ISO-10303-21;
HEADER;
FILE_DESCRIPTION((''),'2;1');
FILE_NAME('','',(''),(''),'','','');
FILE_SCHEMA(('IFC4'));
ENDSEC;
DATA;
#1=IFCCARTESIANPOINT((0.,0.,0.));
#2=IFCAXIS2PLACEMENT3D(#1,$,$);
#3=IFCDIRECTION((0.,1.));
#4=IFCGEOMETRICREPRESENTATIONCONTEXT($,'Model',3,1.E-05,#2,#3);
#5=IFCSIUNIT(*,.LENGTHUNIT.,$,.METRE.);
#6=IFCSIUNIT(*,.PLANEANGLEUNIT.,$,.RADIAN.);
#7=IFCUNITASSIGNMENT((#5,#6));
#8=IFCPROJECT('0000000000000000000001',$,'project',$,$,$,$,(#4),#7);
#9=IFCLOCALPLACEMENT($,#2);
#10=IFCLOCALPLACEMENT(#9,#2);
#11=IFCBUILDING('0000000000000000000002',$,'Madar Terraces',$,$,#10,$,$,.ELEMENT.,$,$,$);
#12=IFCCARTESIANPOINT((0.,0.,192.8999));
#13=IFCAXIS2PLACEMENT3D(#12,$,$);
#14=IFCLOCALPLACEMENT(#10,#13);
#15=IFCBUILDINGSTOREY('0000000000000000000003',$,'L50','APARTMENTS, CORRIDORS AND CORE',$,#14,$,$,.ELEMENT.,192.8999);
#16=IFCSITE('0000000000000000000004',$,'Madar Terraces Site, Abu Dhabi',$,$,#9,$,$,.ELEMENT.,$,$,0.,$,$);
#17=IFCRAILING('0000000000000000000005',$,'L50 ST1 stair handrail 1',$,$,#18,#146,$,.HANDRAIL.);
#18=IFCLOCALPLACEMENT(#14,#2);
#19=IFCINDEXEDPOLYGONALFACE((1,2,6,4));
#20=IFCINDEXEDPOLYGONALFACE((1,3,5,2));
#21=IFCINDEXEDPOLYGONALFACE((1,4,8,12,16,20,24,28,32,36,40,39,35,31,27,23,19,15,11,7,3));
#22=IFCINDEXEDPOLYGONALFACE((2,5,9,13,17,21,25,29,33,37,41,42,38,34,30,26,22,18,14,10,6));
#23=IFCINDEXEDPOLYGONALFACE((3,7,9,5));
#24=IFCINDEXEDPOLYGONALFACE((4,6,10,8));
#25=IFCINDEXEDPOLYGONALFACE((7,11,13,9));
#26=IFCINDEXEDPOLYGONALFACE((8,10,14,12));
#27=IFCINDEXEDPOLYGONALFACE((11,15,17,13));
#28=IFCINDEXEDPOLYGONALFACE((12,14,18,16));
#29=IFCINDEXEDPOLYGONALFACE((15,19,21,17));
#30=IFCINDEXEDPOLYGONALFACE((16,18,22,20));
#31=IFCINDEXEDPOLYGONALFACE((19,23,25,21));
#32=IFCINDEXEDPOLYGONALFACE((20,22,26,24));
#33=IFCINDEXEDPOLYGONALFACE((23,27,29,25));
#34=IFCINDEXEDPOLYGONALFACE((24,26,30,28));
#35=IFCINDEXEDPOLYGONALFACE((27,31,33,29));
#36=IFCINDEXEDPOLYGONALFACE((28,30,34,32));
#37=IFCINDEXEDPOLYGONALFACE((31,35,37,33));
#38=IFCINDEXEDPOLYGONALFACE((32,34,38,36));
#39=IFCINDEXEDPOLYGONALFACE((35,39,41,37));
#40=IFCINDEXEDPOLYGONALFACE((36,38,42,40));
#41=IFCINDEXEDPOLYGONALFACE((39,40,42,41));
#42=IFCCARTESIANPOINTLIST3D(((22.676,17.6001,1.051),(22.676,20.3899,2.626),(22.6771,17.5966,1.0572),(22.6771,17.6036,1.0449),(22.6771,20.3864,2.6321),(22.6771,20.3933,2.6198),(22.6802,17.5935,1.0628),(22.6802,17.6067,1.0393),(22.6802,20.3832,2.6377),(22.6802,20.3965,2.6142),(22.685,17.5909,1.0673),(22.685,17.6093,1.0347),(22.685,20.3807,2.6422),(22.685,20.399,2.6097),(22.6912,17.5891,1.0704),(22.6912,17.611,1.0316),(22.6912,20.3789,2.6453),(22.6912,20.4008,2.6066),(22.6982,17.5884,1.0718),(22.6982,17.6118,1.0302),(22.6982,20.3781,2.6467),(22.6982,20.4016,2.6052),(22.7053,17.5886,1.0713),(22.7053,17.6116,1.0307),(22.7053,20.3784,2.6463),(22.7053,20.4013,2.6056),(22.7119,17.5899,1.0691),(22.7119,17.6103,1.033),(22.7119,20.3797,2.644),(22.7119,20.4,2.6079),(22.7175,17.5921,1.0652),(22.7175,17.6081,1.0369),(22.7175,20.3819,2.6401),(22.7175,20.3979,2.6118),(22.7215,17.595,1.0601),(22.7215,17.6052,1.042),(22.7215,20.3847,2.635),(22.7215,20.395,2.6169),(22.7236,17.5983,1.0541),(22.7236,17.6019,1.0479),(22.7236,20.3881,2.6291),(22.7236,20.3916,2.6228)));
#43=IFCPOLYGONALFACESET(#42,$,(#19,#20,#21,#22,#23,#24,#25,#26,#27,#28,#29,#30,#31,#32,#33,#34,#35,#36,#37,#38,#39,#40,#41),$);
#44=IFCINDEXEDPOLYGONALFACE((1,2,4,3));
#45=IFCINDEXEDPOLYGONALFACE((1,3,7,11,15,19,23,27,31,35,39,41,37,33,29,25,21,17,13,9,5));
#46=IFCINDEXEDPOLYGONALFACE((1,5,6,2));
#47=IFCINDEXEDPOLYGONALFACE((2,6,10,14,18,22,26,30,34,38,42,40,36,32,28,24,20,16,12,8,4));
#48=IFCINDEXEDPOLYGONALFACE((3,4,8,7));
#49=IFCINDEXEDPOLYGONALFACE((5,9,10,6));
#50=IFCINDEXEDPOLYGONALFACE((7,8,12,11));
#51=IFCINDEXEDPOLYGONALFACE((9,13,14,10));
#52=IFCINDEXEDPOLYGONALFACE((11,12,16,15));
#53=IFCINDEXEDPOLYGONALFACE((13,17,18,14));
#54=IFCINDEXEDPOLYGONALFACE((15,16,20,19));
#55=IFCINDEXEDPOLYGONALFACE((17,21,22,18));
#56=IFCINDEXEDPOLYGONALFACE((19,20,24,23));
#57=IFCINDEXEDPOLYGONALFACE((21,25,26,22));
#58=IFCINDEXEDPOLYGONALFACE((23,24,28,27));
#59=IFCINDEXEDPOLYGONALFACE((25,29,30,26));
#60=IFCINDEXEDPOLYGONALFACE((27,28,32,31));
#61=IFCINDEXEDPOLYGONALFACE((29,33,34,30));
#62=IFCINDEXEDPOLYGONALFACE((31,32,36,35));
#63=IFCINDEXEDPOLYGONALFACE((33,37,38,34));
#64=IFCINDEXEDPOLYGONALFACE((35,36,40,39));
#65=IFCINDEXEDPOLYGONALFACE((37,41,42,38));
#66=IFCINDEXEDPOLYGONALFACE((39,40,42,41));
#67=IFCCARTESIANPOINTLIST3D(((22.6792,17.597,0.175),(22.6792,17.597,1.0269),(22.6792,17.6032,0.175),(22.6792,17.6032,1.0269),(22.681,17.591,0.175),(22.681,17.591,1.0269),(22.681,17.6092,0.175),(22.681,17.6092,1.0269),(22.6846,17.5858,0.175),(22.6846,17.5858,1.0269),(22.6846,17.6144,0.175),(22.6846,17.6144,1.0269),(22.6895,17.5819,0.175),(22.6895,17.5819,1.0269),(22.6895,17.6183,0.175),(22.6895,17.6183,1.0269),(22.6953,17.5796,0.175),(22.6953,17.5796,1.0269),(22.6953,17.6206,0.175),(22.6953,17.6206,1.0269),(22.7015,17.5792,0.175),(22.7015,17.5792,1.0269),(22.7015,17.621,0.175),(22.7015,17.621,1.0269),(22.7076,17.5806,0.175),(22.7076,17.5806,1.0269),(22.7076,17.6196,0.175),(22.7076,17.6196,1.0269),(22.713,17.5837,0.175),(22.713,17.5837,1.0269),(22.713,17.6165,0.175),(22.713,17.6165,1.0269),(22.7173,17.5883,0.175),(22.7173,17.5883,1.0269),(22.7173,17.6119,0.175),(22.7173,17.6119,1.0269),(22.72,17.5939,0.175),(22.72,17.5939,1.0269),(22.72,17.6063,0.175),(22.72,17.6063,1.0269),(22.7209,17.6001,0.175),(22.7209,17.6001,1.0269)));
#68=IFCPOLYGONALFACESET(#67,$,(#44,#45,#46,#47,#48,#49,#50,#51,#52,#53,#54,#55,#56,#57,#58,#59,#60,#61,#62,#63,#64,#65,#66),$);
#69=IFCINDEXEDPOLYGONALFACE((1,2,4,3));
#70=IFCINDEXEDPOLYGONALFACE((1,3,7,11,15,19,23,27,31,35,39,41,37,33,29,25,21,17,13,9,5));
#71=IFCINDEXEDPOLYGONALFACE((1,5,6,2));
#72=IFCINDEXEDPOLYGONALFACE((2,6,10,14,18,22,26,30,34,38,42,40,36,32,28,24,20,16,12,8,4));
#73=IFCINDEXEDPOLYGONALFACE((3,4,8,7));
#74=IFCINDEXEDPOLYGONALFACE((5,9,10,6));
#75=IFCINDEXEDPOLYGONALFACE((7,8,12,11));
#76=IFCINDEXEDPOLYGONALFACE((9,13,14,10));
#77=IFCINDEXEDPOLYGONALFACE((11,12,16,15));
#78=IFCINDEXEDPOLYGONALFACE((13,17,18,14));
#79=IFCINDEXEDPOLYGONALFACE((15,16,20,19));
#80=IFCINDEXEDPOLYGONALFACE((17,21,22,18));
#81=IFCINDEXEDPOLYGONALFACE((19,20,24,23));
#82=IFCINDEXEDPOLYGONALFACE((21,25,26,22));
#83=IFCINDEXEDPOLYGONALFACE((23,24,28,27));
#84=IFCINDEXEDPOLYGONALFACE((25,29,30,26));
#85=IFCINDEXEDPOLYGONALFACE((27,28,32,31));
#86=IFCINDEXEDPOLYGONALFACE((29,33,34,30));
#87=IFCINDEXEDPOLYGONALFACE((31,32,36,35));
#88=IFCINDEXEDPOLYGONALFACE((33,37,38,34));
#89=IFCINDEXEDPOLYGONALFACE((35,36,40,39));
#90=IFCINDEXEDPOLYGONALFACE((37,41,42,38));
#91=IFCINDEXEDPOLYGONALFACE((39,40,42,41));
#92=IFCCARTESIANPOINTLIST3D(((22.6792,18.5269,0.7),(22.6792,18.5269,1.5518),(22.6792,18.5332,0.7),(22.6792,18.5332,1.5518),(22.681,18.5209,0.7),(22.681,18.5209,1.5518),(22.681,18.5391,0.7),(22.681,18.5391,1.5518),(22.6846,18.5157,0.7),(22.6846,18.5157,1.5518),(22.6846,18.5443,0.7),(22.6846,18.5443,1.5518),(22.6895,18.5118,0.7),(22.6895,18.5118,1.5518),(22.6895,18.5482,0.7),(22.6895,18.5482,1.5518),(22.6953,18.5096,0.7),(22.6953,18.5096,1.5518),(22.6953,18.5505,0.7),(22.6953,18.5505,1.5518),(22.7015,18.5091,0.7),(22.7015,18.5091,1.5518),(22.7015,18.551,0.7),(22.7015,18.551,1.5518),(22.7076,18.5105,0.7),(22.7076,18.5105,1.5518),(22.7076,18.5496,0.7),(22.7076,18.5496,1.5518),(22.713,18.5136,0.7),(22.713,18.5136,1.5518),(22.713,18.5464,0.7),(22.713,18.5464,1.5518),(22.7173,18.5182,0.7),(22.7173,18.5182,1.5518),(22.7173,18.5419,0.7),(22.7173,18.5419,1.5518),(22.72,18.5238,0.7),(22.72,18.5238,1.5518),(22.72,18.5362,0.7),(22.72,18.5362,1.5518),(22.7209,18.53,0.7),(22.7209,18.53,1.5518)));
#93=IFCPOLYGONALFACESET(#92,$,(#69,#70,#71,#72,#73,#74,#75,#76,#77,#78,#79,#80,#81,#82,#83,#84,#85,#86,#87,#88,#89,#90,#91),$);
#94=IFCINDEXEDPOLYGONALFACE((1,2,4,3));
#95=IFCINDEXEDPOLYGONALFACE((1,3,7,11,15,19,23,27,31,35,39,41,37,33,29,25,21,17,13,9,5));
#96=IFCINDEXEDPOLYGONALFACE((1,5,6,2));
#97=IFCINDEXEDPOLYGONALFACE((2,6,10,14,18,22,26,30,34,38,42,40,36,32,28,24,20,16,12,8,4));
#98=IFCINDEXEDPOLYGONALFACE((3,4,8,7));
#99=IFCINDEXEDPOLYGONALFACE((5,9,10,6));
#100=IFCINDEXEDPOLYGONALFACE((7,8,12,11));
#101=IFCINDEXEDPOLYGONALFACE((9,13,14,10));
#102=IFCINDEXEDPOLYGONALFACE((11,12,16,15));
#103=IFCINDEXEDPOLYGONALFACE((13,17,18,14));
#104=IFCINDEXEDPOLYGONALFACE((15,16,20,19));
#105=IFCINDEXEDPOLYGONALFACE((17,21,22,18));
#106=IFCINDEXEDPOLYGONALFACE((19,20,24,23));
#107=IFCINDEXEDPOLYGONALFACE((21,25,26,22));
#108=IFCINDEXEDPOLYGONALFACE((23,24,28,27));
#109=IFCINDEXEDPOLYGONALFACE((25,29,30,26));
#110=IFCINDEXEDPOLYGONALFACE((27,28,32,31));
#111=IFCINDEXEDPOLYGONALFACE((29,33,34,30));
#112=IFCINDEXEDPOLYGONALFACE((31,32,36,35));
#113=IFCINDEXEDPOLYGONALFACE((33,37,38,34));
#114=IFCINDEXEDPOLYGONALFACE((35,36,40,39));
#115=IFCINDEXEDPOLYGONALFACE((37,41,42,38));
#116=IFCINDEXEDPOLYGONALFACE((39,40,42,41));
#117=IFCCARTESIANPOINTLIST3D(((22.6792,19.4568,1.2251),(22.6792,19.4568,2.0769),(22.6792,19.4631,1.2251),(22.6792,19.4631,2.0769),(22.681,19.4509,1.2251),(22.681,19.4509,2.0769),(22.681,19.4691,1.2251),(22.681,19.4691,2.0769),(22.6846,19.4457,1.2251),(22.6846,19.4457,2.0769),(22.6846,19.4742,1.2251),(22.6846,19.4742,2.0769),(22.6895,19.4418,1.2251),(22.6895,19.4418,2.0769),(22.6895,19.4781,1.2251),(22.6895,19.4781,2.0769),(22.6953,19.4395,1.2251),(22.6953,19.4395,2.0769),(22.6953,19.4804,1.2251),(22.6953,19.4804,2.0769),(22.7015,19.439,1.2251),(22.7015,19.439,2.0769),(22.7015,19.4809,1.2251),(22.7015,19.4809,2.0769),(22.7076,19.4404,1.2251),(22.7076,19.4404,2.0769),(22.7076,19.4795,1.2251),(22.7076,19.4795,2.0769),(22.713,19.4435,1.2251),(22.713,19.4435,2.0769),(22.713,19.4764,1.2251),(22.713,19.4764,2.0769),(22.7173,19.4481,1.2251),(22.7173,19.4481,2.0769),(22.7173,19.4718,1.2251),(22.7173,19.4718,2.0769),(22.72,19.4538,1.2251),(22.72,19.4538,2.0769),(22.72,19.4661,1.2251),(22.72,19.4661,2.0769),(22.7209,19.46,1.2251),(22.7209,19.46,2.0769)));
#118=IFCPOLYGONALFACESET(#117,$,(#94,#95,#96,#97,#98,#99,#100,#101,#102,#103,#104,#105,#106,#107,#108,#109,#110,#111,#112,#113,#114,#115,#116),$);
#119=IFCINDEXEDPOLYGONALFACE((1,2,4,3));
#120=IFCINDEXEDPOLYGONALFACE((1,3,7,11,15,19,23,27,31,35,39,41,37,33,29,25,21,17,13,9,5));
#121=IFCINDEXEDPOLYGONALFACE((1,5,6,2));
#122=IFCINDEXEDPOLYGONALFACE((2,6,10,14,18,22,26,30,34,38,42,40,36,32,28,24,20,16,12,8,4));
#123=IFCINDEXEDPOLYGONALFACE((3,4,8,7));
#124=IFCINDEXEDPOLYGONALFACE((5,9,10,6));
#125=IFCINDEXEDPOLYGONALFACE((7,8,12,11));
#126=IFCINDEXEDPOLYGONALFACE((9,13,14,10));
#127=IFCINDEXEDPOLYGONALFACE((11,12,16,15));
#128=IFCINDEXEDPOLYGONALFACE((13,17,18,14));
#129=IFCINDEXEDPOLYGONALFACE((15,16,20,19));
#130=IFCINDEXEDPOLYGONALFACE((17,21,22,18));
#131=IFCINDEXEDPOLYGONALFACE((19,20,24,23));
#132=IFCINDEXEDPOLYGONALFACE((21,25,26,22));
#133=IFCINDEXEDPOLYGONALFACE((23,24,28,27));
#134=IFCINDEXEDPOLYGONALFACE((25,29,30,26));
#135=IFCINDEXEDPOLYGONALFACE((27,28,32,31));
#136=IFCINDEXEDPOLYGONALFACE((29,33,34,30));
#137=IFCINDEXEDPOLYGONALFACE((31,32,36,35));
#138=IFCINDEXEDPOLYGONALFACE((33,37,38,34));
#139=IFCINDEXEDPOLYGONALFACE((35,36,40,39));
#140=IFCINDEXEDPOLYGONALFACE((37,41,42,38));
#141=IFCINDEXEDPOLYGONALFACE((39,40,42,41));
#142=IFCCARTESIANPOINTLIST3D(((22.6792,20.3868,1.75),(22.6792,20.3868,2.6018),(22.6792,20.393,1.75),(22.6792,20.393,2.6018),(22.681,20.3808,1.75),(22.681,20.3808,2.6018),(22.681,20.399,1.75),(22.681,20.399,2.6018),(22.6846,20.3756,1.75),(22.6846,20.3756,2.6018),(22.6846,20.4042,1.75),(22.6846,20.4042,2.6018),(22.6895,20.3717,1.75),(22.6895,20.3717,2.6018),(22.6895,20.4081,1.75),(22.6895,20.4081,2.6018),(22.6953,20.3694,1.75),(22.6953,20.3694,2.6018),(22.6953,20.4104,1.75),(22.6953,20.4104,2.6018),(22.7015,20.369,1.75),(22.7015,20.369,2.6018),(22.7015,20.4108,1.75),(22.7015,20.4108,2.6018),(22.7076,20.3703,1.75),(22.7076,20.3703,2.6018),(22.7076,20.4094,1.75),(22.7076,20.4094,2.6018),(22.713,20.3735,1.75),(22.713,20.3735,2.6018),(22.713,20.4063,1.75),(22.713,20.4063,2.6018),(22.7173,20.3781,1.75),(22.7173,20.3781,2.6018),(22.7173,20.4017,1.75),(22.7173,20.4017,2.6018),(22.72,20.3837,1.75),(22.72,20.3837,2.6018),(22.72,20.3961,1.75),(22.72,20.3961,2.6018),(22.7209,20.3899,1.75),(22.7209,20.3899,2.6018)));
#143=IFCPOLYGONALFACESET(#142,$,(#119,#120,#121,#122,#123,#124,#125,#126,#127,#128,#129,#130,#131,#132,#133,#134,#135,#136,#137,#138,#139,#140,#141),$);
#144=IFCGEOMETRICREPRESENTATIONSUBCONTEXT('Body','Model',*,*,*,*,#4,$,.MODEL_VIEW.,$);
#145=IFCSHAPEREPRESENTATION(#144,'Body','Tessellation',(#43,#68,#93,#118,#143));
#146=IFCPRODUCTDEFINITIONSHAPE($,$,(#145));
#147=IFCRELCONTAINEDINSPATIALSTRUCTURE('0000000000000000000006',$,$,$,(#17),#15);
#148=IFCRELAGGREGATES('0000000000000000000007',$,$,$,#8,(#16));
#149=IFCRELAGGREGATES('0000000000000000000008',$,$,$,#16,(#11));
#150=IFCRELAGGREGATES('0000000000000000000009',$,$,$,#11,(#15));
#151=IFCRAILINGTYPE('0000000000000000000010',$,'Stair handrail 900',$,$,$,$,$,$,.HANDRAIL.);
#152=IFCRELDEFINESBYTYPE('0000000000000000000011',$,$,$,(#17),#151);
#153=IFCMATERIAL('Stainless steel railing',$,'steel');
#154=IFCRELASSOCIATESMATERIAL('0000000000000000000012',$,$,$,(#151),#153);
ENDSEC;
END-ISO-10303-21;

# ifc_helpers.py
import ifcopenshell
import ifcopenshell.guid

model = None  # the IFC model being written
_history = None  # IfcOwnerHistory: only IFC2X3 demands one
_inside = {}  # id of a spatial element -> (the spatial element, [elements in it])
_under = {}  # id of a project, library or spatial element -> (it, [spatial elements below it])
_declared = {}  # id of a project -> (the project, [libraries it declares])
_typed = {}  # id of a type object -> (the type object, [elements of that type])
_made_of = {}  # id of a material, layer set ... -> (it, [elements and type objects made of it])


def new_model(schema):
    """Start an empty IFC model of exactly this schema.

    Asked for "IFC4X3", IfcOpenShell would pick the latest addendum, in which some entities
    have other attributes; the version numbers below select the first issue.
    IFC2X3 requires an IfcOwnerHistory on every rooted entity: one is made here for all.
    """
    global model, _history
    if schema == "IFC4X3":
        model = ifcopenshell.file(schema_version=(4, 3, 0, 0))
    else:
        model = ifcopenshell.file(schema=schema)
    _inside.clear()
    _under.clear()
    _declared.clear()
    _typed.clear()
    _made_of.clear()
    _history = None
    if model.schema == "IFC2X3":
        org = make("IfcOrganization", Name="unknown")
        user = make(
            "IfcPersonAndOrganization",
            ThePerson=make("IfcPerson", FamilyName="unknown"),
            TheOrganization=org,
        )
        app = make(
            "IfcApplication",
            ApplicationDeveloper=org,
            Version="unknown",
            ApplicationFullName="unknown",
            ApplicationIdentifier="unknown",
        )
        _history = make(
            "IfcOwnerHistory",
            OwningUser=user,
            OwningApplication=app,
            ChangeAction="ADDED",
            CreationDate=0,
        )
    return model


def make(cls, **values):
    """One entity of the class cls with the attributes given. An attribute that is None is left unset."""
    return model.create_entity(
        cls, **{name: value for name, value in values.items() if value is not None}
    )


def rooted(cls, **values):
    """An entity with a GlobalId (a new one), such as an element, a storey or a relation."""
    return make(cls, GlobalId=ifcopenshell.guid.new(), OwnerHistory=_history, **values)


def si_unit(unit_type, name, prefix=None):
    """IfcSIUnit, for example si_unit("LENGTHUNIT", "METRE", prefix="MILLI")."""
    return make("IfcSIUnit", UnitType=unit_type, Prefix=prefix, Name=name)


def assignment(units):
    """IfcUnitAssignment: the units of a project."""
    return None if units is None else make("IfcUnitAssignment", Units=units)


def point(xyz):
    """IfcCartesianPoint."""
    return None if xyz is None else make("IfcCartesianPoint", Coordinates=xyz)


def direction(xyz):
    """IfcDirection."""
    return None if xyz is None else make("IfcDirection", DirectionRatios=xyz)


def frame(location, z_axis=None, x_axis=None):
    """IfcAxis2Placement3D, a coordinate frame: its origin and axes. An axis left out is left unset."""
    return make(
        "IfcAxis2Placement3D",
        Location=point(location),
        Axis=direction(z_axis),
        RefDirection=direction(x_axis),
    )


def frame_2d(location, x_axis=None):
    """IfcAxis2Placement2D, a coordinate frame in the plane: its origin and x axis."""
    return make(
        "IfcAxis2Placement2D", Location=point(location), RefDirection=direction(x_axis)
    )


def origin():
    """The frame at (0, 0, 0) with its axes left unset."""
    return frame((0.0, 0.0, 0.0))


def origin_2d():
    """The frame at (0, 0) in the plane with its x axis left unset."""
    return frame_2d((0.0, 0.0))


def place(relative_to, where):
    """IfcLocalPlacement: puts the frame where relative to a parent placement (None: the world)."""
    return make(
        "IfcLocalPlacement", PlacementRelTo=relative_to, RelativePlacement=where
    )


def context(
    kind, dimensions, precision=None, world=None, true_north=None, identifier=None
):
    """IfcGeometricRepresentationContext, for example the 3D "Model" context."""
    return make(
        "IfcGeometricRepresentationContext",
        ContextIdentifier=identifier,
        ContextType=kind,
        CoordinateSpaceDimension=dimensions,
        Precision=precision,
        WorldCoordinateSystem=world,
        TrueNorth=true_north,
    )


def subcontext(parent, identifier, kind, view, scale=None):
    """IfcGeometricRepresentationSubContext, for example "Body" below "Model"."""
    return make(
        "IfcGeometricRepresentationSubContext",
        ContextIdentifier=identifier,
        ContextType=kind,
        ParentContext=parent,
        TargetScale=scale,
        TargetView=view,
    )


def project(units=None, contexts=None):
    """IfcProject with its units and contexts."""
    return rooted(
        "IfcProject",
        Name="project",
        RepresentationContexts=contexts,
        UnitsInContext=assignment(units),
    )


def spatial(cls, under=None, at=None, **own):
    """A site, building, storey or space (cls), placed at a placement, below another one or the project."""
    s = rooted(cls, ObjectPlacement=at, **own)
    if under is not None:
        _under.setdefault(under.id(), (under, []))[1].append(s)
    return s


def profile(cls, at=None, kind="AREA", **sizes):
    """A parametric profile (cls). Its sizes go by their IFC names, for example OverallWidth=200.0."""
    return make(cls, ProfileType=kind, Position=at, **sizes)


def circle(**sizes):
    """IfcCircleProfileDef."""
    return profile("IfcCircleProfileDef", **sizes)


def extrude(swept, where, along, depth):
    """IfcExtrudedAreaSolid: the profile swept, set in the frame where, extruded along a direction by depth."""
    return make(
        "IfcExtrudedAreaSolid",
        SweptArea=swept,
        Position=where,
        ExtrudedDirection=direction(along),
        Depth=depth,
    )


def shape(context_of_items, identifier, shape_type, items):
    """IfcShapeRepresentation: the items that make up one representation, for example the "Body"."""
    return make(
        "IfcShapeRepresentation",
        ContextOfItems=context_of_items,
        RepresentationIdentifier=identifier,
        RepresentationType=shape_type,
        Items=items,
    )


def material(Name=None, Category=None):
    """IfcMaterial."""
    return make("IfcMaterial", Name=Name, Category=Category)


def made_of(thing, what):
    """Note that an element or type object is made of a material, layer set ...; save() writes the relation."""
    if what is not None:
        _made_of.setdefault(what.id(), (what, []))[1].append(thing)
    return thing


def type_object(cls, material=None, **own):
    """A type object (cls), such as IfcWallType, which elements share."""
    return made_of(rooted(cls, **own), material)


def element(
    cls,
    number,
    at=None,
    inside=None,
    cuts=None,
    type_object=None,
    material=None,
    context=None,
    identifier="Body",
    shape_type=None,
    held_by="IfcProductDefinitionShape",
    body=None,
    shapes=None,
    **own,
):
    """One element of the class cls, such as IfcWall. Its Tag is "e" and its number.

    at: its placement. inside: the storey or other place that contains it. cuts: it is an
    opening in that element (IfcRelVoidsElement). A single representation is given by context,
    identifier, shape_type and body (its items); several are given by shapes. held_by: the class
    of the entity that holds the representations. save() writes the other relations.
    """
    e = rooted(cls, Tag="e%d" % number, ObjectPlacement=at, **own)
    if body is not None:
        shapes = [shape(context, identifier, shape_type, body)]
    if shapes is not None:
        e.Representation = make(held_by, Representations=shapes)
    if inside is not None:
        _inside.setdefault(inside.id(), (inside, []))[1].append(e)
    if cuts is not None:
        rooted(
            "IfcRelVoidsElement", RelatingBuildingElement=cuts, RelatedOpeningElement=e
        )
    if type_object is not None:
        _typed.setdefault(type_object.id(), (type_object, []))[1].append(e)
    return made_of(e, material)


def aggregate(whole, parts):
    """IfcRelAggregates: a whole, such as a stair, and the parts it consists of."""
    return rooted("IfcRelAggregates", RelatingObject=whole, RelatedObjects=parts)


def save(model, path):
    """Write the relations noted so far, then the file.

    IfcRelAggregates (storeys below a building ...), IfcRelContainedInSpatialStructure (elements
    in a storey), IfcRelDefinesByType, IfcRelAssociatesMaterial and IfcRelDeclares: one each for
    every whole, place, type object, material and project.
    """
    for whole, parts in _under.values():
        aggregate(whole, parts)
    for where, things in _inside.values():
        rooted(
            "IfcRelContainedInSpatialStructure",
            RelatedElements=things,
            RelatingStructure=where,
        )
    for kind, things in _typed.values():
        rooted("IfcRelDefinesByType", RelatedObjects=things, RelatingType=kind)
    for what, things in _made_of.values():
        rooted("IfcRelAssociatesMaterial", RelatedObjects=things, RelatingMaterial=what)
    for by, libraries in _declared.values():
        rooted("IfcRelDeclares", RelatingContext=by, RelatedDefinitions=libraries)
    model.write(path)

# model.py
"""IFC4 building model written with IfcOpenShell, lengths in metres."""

from ifc_helpers import new_model, si_unit, direction, frame, origin, origin_2d, place, context, subcontext, project, spatial, circle, extrude, material, type_object, element, save


model = new_model("IFC4")

# Units and contexts
model_context = context("Model", 3, precision=1e-05, world=origin(), true_north=direction((0.0, 1.0)))
body_context = subcontext(model_context, "Body", "Model", "MODEL_VIEW")
ifc_project = project(units=[si_unit("LENGTHUNIT", "METRE"), si_unit("PLANEANGLEUNIT", "RADIAN")], contexts=[model_context])

# Site, building, storey
site_placement = place(None, origin())
site = spatial("IfcSite", under=ifc_project, at=site_placement, Name="Madar Terraces Site, Abu Dhabi", CompositionType="ELEMENT", RefElevation=0.0)
building_placement = place(site_placement, origin())
building = spatial("IfcBuilding", under=site, at=building_placement, Name="Madar Terraces", CompositionType="ELEMENT")
storey_placement = place(building_placement, frame((0.0, 0.0, 192.8999)))
storey = spatial("IfcBuildingStorey", under=building, at=storey_placement, Name="L50", Description="APARTMENTS, CORRIDORS AND CORE", CompositionType="ELEMENT", Elevation=192.8999)

# Railing
ifc_material_1 = material(Name="Stainless steel railing", Category="steel")
railing_type_1 = type_object("IfcRailingType", Name="Stair handrail 900", PredefinedType="HANDRAIL", material=ifc_material_1)
railing_1_placement = place(storey_placement, frame((22.7, 17.6001, 0.175)))
element("IfcRailing", 1, at=railing_1_placement, inside=storey, type_object=railing_type_1, Name="L50 ST1 stair handrail 1", PredefinedType="HANDRAIL", context=body_context, shape_type="SweptSolid", body=[
    extrude(circle(Radius=0.0239, at=origin_2d()), frame((0.0, 0.0, 0.876), z_axis=(0.0, 0.870815, 0.49161), x_axis=(-1.0, 0.0, 0.0)), (0.0, 0.0, 1.0), 3.2036),
    extrude(circle(Radius=0.021, at=origin_2d()), origin(), (0.0, 0.0, 1.0), 0.8518),
    extrude(circle(Radius=0.021, at=origin_2d()), frame((0.0, 0.9299, 0.5249)), (0.0, 0.0, 1.0), 0.8518),
    extrude(circle(Radius=0.021, at=origin_2d()), frame((0.0, 1.8599, 1.05)), (0.0, 0.0, 1.0), 0.8518),
    extrude(circle(Radius=0.021, at=origin_2d()), frame((0.0, 2.7898, 1.575)), (0.0, 0.0, 1.0), 0.8518),
])

save(model, "model.ifc")
